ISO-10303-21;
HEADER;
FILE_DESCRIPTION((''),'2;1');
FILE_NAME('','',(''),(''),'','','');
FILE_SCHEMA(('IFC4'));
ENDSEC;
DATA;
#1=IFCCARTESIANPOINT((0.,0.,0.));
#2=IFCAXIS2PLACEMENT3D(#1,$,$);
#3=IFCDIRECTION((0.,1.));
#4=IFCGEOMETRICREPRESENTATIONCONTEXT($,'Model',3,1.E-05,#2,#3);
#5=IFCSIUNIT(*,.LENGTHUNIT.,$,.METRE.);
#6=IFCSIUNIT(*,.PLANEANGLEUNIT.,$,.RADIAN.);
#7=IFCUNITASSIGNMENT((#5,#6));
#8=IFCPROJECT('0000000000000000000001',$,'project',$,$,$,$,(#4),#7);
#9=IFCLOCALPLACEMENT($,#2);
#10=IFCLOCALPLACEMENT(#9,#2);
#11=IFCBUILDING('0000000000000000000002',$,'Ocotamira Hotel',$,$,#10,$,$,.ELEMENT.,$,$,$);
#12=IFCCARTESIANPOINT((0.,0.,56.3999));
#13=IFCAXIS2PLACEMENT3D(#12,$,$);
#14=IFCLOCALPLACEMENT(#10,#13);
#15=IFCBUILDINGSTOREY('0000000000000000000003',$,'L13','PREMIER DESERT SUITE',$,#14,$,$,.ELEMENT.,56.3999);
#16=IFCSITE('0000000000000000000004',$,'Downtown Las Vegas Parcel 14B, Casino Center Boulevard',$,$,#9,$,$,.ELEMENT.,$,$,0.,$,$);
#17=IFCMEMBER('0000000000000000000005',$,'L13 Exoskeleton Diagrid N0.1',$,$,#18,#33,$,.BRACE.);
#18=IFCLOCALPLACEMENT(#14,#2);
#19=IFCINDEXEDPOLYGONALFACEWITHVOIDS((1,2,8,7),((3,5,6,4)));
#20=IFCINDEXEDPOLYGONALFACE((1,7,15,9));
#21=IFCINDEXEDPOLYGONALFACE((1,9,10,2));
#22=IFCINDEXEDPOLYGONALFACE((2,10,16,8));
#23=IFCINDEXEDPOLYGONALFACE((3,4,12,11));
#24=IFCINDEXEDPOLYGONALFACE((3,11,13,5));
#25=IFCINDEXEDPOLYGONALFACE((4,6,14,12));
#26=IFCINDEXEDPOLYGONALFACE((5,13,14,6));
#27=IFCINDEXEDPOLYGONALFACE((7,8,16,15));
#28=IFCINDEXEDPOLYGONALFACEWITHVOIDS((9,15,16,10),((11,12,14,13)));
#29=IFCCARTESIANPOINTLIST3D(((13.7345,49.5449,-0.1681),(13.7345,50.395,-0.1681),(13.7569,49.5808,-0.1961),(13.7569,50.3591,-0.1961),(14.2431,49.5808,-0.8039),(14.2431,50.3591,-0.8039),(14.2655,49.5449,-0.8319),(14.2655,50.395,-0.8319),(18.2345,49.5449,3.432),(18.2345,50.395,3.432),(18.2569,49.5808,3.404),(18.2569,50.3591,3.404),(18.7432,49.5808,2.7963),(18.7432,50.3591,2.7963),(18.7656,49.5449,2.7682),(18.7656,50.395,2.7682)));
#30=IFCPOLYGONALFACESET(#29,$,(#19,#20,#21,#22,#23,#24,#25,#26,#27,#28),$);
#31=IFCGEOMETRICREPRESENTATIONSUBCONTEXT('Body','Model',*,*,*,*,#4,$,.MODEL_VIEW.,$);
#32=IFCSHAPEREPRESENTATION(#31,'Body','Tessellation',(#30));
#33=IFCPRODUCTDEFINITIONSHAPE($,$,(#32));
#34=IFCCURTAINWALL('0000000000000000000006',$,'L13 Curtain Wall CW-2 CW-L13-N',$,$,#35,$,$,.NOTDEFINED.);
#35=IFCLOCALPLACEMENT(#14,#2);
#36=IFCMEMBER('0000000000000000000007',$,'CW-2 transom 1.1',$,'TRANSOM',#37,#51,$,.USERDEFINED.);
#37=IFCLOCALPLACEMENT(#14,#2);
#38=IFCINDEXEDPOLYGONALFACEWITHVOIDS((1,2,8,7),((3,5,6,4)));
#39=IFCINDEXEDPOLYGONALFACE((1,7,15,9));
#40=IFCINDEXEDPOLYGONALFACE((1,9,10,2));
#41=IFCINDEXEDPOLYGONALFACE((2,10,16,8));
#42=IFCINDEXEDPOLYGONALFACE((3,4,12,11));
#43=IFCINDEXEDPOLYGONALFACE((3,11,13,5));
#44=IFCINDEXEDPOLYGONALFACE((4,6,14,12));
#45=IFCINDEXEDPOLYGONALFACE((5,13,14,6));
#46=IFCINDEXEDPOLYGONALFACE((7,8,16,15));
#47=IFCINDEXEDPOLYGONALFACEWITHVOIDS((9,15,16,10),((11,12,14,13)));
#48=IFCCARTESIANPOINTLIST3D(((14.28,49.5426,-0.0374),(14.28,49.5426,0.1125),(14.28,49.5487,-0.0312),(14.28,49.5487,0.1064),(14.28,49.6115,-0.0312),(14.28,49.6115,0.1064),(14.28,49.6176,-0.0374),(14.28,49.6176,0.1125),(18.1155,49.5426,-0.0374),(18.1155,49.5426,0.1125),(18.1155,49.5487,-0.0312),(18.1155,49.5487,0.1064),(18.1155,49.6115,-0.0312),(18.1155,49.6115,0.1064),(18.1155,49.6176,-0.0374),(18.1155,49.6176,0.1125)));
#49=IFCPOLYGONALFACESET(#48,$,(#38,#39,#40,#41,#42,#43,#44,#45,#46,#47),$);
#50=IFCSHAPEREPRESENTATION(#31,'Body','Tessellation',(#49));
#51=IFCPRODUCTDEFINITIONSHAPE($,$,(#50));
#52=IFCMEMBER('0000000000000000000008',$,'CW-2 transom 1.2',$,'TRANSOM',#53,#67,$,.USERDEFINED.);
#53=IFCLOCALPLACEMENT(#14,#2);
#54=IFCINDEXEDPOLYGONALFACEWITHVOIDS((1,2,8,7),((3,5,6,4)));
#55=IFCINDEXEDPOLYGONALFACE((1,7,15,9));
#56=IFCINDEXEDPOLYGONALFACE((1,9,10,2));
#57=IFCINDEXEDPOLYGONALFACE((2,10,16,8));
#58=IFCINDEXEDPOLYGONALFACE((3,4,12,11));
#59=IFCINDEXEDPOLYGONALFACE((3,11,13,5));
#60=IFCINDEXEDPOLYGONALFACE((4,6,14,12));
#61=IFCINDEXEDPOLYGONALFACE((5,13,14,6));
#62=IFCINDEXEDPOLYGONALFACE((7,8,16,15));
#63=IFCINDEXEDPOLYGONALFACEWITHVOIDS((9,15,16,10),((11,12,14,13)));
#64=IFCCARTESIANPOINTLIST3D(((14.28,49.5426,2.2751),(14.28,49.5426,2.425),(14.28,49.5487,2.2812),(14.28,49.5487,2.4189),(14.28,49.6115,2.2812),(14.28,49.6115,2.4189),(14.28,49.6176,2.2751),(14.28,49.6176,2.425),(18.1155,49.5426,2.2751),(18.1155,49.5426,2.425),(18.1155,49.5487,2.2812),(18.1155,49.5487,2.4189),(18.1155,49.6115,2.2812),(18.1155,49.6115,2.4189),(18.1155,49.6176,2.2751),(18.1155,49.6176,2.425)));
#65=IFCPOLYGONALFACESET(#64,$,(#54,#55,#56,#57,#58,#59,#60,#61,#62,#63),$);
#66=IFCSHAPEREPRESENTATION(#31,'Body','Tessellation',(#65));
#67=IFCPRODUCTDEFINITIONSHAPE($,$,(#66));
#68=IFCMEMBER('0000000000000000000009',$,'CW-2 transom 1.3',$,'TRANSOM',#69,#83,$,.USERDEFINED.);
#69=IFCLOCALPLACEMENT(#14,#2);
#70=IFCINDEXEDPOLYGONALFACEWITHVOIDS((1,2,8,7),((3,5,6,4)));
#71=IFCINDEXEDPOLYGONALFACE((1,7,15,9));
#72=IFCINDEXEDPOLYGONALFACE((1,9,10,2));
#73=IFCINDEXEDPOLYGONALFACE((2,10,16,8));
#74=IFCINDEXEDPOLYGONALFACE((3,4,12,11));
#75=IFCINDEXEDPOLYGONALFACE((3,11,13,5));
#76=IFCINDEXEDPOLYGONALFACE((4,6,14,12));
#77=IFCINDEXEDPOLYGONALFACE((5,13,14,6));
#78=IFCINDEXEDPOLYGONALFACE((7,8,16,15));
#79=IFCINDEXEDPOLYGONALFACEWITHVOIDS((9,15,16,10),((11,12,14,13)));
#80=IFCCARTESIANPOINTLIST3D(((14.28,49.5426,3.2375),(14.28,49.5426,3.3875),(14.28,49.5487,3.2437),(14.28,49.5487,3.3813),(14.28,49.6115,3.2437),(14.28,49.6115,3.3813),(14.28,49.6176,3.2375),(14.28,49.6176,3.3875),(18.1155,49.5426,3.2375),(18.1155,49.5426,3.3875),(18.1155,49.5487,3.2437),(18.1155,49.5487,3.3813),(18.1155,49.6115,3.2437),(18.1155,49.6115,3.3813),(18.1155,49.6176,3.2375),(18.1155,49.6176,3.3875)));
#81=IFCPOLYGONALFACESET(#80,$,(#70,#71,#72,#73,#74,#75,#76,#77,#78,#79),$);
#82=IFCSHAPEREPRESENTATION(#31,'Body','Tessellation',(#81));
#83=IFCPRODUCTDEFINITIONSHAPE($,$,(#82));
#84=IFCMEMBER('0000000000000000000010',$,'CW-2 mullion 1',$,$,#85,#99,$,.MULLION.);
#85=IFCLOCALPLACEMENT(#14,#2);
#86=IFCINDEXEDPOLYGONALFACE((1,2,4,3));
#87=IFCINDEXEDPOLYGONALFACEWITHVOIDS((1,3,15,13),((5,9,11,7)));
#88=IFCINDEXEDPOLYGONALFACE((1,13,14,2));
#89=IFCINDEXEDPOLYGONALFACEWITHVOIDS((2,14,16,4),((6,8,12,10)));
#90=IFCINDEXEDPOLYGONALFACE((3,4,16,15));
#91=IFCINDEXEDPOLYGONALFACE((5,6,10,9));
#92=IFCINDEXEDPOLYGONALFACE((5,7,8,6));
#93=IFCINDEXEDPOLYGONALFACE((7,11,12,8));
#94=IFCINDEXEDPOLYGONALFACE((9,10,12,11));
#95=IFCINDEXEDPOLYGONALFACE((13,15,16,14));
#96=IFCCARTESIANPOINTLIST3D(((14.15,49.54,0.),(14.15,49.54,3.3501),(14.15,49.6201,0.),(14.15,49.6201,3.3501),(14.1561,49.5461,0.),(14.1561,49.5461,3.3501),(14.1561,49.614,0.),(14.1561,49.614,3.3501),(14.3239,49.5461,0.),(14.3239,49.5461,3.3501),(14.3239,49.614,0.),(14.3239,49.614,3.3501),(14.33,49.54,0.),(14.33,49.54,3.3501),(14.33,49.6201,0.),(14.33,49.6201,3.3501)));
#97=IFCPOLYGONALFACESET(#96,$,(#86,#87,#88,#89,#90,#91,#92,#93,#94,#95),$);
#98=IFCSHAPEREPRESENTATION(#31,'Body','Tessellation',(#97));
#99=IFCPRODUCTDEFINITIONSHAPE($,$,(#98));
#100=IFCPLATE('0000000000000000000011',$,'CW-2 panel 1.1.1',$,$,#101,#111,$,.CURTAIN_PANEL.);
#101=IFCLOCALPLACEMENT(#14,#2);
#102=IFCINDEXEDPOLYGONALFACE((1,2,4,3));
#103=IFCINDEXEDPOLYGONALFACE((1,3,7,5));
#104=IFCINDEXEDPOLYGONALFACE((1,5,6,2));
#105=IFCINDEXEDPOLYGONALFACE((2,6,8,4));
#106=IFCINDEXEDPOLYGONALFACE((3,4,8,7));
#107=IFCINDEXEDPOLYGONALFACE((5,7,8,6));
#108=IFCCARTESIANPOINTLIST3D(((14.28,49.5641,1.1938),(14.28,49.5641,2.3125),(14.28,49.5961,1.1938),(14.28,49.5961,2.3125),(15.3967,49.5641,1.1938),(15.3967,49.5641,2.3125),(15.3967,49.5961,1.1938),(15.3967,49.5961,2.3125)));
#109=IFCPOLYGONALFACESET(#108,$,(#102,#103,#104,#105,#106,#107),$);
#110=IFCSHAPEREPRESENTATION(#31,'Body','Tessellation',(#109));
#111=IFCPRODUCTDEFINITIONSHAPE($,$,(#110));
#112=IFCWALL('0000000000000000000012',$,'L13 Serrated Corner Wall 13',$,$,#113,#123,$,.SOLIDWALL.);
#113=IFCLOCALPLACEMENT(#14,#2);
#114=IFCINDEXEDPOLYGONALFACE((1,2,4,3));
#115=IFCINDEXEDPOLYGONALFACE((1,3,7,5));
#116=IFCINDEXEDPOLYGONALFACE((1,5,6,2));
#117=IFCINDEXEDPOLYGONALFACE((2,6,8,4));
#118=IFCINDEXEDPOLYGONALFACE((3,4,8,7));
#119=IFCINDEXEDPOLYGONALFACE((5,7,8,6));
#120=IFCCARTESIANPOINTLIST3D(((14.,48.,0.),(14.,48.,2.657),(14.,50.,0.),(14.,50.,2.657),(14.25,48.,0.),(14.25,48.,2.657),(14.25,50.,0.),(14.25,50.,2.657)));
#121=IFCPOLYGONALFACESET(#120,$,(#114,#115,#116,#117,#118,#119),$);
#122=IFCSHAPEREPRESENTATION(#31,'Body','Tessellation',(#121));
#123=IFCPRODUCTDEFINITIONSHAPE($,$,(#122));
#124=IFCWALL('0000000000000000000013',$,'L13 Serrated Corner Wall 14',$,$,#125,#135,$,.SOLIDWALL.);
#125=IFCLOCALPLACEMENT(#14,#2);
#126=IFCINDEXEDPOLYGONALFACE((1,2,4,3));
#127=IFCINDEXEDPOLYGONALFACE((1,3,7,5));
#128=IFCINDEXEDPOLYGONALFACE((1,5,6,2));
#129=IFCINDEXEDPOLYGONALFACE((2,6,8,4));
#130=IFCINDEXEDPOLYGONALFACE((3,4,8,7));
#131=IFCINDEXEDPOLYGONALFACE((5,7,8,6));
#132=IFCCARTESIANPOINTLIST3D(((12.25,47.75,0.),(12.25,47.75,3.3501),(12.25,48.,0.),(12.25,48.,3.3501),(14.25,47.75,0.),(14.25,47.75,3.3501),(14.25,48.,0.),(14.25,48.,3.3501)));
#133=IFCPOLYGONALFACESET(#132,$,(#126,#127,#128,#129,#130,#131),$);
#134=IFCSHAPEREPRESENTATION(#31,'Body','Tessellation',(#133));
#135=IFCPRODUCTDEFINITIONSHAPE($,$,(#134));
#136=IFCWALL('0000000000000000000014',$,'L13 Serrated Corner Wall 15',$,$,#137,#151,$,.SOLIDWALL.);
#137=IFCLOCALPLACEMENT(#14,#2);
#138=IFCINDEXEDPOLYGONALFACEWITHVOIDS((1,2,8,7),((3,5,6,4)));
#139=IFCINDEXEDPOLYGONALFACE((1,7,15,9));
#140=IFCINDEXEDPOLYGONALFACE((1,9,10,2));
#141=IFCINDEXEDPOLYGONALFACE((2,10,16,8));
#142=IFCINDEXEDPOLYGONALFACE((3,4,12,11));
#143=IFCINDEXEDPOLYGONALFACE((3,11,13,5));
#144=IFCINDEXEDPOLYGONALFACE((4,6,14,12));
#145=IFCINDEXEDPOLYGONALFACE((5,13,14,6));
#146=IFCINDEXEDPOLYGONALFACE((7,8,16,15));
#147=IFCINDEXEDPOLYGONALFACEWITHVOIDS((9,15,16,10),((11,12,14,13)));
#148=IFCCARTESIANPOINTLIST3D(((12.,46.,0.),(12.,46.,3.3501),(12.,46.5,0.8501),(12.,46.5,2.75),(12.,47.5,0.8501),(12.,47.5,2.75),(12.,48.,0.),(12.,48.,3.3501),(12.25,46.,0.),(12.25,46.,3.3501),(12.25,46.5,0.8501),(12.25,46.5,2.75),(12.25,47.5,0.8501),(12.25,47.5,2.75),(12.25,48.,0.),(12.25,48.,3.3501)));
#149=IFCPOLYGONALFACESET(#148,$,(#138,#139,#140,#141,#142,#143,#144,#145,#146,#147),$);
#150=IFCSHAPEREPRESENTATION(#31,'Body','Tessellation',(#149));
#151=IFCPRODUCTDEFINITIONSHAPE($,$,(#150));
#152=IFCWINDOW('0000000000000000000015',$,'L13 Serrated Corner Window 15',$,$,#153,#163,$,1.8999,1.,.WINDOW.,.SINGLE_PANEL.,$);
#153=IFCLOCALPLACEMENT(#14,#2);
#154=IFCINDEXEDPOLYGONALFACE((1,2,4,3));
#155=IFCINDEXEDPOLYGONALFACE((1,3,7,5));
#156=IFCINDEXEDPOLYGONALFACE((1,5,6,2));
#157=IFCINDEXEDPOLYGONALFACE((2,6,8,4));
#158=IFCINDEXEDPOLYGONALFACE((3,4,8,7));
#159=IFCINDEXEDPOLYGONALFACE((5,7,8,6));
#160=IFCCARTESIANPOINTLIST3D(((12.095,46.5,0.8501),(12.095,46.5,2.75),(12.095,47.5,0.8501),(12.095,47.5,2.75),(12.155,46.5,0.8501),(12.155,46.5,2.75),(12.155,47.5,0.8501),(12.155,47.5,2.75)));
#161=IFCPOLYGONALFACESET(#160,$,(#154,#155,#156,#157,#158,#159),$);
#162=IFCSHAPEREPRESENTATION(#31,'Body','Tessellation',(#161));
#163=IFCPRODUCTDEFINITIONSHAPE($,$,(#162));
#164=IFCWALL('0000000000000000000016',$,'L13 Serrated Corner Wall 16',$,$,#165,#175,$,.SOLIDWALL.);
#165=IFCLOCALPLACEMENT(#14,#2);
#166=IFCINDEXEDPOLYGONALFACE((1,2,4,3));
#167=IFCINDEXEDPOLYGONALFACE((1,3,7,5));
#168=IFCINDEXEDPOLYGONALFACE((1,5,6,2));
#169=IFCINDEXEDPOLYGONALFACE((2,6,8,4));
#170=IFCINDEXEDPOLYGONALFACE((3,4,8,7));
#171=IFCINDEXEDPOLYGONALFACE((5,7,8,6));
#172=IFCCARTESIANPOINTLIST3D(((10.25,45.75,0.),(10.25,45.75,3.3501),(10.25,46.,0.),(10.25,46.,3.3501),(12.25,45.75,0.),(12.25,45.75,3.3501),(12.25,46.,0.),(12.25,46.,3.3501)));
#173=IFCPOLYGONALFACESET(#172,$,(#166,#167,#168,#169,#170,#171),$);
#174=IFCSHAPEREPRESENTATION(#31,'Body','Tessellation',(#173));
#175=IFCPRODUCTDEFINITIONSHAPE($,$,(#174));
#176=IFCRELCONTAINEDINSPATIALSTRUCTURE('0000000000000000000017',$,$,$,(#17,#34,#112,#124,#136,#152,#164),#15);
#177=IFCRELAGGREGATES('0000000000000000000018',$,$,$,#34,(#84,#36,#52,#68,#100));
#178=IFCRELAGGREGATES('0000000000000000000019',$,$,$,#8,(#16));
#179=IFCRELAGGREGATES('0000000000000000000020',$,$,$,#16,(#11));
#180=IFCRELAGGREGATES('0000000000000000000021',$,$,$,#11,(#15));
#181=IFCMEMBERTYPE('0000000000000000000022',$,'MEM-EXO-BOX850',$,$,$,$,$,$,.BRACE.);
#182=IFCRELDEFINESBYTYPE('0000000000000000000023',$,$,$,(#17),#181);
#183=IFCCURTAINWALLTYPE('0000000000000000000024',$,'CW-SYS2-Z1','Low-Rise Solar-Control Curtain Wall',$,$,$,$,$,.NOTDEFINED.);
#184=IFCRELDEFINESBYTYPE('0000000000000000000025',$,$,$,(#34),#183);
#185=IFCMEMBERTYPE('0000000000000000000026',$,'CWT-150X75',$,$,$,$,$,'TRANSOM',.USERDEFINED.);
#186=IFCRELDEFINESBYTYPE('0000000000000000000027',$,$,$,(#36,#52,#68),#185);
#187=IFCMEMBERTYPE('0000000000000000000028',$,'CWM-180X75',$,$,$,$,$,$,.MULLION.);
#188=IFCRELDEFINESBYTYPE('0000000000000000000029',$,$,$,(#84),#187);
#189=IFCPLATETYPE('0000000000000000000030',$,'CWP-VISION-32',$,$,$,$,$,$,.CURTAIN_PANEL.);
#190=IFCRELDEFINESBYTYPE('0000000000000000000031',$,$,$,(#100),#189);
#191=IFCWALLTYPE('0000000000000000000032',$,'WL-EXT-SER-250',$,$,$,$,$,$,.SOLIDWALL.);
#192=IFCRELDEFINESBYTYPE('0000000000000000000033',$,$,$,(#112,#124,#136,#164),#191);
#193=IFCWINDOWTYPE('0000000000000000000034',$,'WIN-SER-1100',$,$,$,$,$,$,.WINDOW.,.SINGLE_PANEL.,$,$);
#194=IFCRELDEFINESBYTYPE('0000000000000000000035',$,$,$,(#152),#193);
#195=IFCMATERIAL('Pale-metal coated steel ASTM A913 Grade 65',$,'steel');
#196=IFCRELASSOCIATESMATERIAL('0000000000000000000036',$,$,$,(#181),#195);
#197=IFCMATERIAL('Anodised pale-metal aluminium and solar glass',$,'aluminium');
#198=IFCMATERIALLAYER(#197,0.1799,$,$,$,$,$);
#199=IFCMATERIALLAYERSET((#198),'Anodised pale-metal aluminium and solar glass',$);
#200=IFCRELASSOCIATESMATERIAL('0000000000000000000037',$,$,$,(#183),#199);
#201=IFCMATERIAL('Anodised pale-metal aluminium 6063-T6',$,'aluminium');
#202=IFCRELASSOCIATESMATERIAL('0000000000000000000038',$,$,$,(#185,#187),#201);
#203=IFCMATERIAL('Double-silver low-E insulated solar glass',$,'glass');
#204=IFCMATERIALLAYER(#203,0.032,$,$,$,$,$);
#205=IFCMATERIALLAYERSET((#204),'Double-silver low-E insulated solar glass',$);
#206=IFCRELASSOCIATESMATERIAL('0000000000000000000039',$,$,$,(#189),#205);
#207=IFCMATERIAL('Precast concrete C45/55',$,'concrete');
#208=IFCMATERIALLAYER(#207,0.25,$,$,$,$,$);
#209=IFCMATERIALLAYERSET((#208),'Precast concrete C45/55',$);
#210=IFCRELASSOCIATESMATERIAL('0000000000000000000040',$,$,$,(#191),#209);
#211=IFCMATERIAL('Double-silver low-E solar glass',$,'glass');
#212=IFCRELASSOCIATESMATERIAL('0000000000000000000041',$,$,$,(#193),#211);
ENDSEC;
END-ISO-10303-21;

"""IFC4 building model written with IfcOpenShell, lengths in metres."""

from ifc_helpers import new_model, si_unit, direction, frame, frame_2d, origin, origin_2d, place, context, subcontext, project, spatial, rectangle, hollow_rectangle, extrude, source, transform, mapped, material, layer, layer_set, material_profile, profile_set, type_object, element, fill, aggregate, save


model = new_model("IFC4")

# Units and contexts
model_context = context("Model", 3, precision=1e-05, world=origin(), true_north=direction((0.0, 1.0)))
body_context = subcontext(model_context, "Body", "Model", "MODEL_VIEW")
ifc_project = project(units=[si_unit("LENGTHUNIT", "METRE"), si_unit("PLANEANGLEUNIT", "RADIAN")], contexts=[model_context])

# Site, building, storey
site_placement = place(None, origin())
site = spatial("IfcSite", under=ifc_project, at=site_placement, Name="Downtown Las Vegas Parcel 14B, Casino Center Boulevard", CompositionType="ELEMENT", RefElevation=0.0)
building_placement = place(site_placement, origin())
building = spatial("IfcBuilding", under=site, at=building_placement, Name="Ocotamira Hotel", CompositionType="ELEMENT")
storey_placement = place(building_placement, frame((0.0, 0.0, 56.3999)))
storey = spatial("IfcBuildingStorey", under=building, at=storey_placement, Name="L13", Description="PREMIER DESERT SUITE", CompositionType="ELEMENT", Elevation=56.3999)

# Member
ifc_material_1 = material(Name="Pale-metal coated steel ASTM A913 Grade 65", Category="steel")
ifc_material_profile_1 = material_profile(ifc_material_1, hollow_rectangle(XDim=0.8501, YDim=0.8501, WallThickness=0.0359, at=origin_2d()), Name="BOX850X850X36")
ifc_profile_set_1 = profile_set([ifc_material_profile_1], Name="Pale-metal coated steel ASTM A913 Grade 65")
member_type_1 = type_object("IfcMemberType", Name="MEM-EXO-BOX850", PredefinedType="BRACE", material=ifc_profile_set_1)
shared_shape_1 = source(origin(), body_context, "Body", "SweptSolid", [
    extrude(hollow_rectangle(XDim=0.8501, YDim=0.8501, WallThickness=0.0359, at=origin_2d()), origin(), (0.0, 0.0, 1.0), 5.7629),
])
member_1_placement = place(storey_placement, frame((14.0, 49.97, -0.5), z_axis=(0.780861, 0.0, 0.624705), x_axis=(0.0, 1.0, 0.0)))
element("IfcMember", 1, at=member_1_placement, inside=storey, type_object=member_type_1, Name="L13 Exoskeleton Diagrid N0.1", PredefinedType="BRACE", context=body_context, shape_type="MappedRepresentation", body=[
    mapped(shared_shape_1, transform((0.0, 0.0, 0.0), scale=1.0)),
])

# Curtain wall, members, plate
ifc_material_2 = material(Name="Anodised pale-metal aluminium and solar glass", Category="aluminium")
ifc_layer_1 = layer(ifc_material_2, 0.1799)
ifc_layer_set_1 = layer_set([ifc_layer_1], Name="Anodised pale-metal aluminium and solar glass")
curtain_wall_type = type_object("IfcCurtainWallType", Name="CW-SYS2-Z1", Description="Low-Rise Solar-Control Curtain Wall", PredefinedType="NOTDEFINED", material=ifc_layer_set_1)
curtain_wall_placement = place(storey_placement, origin())
curtain_wall = element("IfcCurtainWall", 2, at=curtain_wall_placement, inside=storey, type_object=curtain_wall_type, Name="L13 Curtain Wall CW-2 CW-L13-N", PredefinedType="NOTDEFINED")
ifc_material_3 = material(Name="Anodised pale-metal aluminium 6063-T6", Category="aluminium")
ifc_material_profile_2 = material_profile(ifc_material_3, hollow_rectangle(XDim=0.075, YDim=0.1499, WallThickness=0.0061, at=origin_2d()), Name="HSS150X75X6")
ifc_profile_set_2 = profile_set([ifc_material_profile_2], Name="Anodised pale-metal aluminium 6063-T6")
member_type_2 = type_object("IfcMemberType", Name="CWT-150X75", ElementType="TRANSOM", PredefinedType="USERDEFINED", material=ifc_profile_set_2)
shared_shape_2 = source(origin(), body_context, "Body", "SweptSolid", [
    extrude(hollow_rectangle(XDim=0.075, YDim=0.1499, WallThickness=0.0061, at=origin_2d()), origin(), (0.0, 0.0, 1.0), 3.8354),
])
member_2_placement = place(storey_placement, frame((14.28, 49.5801, 0.0376), z_axis=(1.0, 0.0, 0.0), x_axis=(0.0, 1.0, 0.0)))
member_2 = element("IfcMember", 3, at=member_2_placement, type_object=member_type_2, Name="CW-2 transom 1.1", ObjectType="TRANSOM", PredefinedType="USERDEFINED", context=body_context, shape_type="MappedRepresentation", body=[
    mapped(shared_shape_2, transform((0.0, 0.0, 0.0), scale=1.0)),
])
member_3_placement = place(storey_placement, frame((14.28, 49.5801, 2.3501), z_axis=(1.0, 0.0, 0.0), x_axis=(0.0, 1.0, 0.0)))
member_3 = element("IfcMember", 4, at=member_3_placement, type_object=member_type_2, Name="CW-2 transom 1.2", ObjectType="TRANSOM", PredefinedType="USERDEFINED", context=body_context, shape_type="MappedRepresentation", body=[
    mapped(shared_shape_2, transform((0.0, 0.0, 0.0), scale=1.0)),
])
member_4_placement = place(storey_placement, frame((14.28, 49.5801, 3.3125), z_axis=(1.0, 0.0, 0.0), x_axis=(0.0, 1.0, 0.0)))
member_4 = element("IfcMember", 5, at=member_4_placement, type_object=member_type_2, Name="CW-2 transom 1.3", ObjectType="TRANSOM", PredefinedType="USERDEFINED", context=body_context, shape_type="MappedRepresentation", body=[
    mapped(shared_shape_2, transform((0.0, 0.0, 0.0), scale=1.0)),
])
ifc_material_profile_3 = material_profile(ifc_material_3, hollow_rectangle(XDim=0.0801, YDim=0.1799, WallThickness=0.0061, at=origin_2d()), Name="HSS180X80X6")
ifc_profile_set_3 = profile_set([ifc_material_profile_3], Name="Anodised pale-metal aluminium 6063-T6")
member_type_3 = type_object("IfcMemberType", Name="CWM-180X75", PredefinedType="MULLION", material=ifc_profile_set_3)
shared_shape_3 = source(origin(), body_context, "Body", "SweptSolid", [
    extrude(hollow_rectangle(XDim=0.0801, YDim=0.1799, WallThickness=0.0061, at=origin_2d()), origin(), (0.0, 0.0, 1.0), 3.3501),
])
member_5_placement = place(storey_placement, frame((14.24, 49.5801, 0.0), z_axis=(0.0, 0.0, 1.0), x_axis=(0.0, 1.0, 0.0)))
member_5 = element("IfcMember", 6, at=member_5_placement, type_object=member_type_3, Name="CW-2 mullion 1", PredefinedType="MULLION", context=body_context, shape_type="MappedRepresentation", body=[
    mapped(shared_shape_3, transform((0.0, 0.0, 0.0), scale=1.0)),
])
ifc_material_4 = material(Name="Double-silver low-E insulated solar glass", Category="glass")
ifc_layer_2 = layer(ifc_material_4, 0.032)
ifc_layer_set_2 = layer_set([ifc_layer_2], Name="Double-silver low-E insulated solar glass")
plate_type = type_object("IfcPlateType", Name="CWP-VISION-32", PredefinedType="CURTAIN_PANEL", material=ifc_layer_set_2)
shared_shape_4 = source(origin(), body_context, "Body", "SweptSolid", [
    extrude(rectangle(XDim=1.1167, YDim=0.032, at=origin_2d()), origin(), (0.0, 0.0, 1.0), 1.1187),
])
plate_placement = place(storey_placement, frame((14.8384, 49.5801, 1.1938), z_axis=(0.0, 0.0, 1.0), x_axis=(1.0, 0.0, 0.0)))
plate = element("IfcPlate", 7, at=plate_placement, type_object=plate_type, Name="CW-2 panel 1.1.1", PredefinedType="CURTAIN_PANEL", context=body_context, shape_type="MappedRepresentation", body=[
    mapped(shared_shape_4, transform((0.0, 0.0, 0.0), scale=1.0)),
])
aggregate(curtain_wall, [member_5, member_2, member_3, member_4, plate])

# Walls
ifc_material_5 = material(Name="Precast concrete C45/55", Category="concrete")
ifc_layer_3 = layer(ifc_material_5, 0.25)
ifc_layer_set_3 = layer_set([ifc_layer_3], Name="Precast concrete C45/55")
wall_type_1 = type_object("IfcWallType", Name="WL-EXT-SER-250", PredefinedType="SOLIDWALL", material=ifc_layer_set_3)
wall_1_placement = place(storey_placement, frame((14.125, 50.0, 0.0), z_axis=(0.0, 0.0, 1.0), x_axis=(0.0, -1.0, 0.0)))
element("IfcWall", 8, at=wall_1_placement, inside=storey, type_object=wall_type_1, Name="L13 Serrated Corner Wall 13", PredefinedType="SOLIDWALL", context=body_context, shape_type="SweptSolid", body=[
    extrude(rectangle(XDim=2.0, YDim=0.25, at=frame_2d((1.0, 0.0))), origin(), (0.0, 0.0, 1.0), 2.657),
])
wall_2_placement = place(storey_placement, frame((14.25, 47.875, 0.0), z_axis=(0.0, 0.0, 1.0), x_axis=(-1.0, 0.0, 0.0)))
element("IfcWall", 9, at=wall_2_placement, inside=storey, type_object=wall_type_1, Name="L13 Serrated Corner Wall 14", PredefinedType="SOLIDWALL", context=body_context, shape_type="SweptSolid", body=[
    extrude(rectangle(XDim=2.0, YDim=0.25, at=frame_2d((1.0, 0.0))), origin(), (0.0, 0.0, 1.0), 3.3501),
])

# Wall, opening, window
wall_3_placement = place(storey_placement, frame((12.125, 48.0, 0.0), z_axis=(0.0, 0.0, 1.0), x_axis=(0.0, -1.0, 0.0)))
wall_3 = element("IfcWall", 10, at=wall_3_placement, inside=storey, type_object=wall_type_1, Name="L13 Serrated Corner Wall 15", PredefinedType="SOLIDWALL", context=body_context, shape_type="SweptSolid", body=[
    extrude(rectangle(XDim=2.0, YDim=0.25, at=frame_2d((1.0, 0.0))), origin(), (0.0, 0.0, 1.0), 3.3501),
])
opening_1_placement = place(wall_3_placement, frame((0.5, 0.0, 0.8501)))
opening_1 = element("IfcOpeningElement", 11, at=opening_1_placement, cuts=wall_3, PredefinedType="OPENING", context=body_context, shape_type="SweptSolid", body=[
    extrude(rectangle(XDim=1.0, YDim=1.8999, at=frame_2d((0.5, 0.95))), frame((0.0, 0.135, 0.0), z_axis=(0.0, -1.0, 0.0), x_axis=(1.0, 0.0, 0.0)), (0.0, 0.0, 1.0), 0.27),
])
ifc_material_6 = material(Name="Double-silver low-E solar glass", Category="glass")
window_type = type_object("IfcWindowType", Name="WIN-SER-1100", PartitioningType="SINGLE_PANEL", PredefinedType="WINDOW", material=ifc_material_6)
shared_shape_5 = source(origin(), body_context, "Body", "SweptSolid", [
    extrude(rectangle(XDim=1.0, YDim=1.8999, at=frame_2d((0.5, 0.95))), frame((0.0, 0.03, 0.0), z_axis=(0.0, -1.0, 0.0), x_axis=(1.0, 0.0, 0.0)), (0.0, 0.0, 1.0), 0.0601),
])
window_placement = place(opening_1_placement, origin())
window = element("IfcWindow", 12, at=window_placement, inside=storey, type_object=window_type, Name="L13 Serrated Corner Window 15", OverallHeight=1.8999, OverallWidth=1.0, PartitioningType="SINGLE_PANEL", PredefinedType="WINDOW", context=body_context, shape_type="MappedRepresentation", body=[
    mapped(shared_shape_5, transform((0.0, 0.0, 0.0), scale=1.0)),
])
fill(opening_1, window)

# Wall
for number, where, z_axis, x_axis, name in (
    (13, (12.25, 45.875, 0.0), (0.0, 0.0, 1.0), (-1.0, 0.0, 0.0), "L13 Serrated Corner Wall 16"),
):
    element("IfcWall", number, at=place(storey_placement, frame(where, z_axis=z_axis, x_axis=x_axis)), inside=storey, type_object=wall_type_1, Name=name, PredefinedType="SOLIDWALL", context=body_context, shape_type="SweptSolid", body=[
        extrude(rectangle(XDim=2.0, YDim=0.25, at=frame_2d((1.0, 0.0))), origin(), (0.0, 0.0, 1.0), 3.3501),
    ])

save(model, "model.ifc")
